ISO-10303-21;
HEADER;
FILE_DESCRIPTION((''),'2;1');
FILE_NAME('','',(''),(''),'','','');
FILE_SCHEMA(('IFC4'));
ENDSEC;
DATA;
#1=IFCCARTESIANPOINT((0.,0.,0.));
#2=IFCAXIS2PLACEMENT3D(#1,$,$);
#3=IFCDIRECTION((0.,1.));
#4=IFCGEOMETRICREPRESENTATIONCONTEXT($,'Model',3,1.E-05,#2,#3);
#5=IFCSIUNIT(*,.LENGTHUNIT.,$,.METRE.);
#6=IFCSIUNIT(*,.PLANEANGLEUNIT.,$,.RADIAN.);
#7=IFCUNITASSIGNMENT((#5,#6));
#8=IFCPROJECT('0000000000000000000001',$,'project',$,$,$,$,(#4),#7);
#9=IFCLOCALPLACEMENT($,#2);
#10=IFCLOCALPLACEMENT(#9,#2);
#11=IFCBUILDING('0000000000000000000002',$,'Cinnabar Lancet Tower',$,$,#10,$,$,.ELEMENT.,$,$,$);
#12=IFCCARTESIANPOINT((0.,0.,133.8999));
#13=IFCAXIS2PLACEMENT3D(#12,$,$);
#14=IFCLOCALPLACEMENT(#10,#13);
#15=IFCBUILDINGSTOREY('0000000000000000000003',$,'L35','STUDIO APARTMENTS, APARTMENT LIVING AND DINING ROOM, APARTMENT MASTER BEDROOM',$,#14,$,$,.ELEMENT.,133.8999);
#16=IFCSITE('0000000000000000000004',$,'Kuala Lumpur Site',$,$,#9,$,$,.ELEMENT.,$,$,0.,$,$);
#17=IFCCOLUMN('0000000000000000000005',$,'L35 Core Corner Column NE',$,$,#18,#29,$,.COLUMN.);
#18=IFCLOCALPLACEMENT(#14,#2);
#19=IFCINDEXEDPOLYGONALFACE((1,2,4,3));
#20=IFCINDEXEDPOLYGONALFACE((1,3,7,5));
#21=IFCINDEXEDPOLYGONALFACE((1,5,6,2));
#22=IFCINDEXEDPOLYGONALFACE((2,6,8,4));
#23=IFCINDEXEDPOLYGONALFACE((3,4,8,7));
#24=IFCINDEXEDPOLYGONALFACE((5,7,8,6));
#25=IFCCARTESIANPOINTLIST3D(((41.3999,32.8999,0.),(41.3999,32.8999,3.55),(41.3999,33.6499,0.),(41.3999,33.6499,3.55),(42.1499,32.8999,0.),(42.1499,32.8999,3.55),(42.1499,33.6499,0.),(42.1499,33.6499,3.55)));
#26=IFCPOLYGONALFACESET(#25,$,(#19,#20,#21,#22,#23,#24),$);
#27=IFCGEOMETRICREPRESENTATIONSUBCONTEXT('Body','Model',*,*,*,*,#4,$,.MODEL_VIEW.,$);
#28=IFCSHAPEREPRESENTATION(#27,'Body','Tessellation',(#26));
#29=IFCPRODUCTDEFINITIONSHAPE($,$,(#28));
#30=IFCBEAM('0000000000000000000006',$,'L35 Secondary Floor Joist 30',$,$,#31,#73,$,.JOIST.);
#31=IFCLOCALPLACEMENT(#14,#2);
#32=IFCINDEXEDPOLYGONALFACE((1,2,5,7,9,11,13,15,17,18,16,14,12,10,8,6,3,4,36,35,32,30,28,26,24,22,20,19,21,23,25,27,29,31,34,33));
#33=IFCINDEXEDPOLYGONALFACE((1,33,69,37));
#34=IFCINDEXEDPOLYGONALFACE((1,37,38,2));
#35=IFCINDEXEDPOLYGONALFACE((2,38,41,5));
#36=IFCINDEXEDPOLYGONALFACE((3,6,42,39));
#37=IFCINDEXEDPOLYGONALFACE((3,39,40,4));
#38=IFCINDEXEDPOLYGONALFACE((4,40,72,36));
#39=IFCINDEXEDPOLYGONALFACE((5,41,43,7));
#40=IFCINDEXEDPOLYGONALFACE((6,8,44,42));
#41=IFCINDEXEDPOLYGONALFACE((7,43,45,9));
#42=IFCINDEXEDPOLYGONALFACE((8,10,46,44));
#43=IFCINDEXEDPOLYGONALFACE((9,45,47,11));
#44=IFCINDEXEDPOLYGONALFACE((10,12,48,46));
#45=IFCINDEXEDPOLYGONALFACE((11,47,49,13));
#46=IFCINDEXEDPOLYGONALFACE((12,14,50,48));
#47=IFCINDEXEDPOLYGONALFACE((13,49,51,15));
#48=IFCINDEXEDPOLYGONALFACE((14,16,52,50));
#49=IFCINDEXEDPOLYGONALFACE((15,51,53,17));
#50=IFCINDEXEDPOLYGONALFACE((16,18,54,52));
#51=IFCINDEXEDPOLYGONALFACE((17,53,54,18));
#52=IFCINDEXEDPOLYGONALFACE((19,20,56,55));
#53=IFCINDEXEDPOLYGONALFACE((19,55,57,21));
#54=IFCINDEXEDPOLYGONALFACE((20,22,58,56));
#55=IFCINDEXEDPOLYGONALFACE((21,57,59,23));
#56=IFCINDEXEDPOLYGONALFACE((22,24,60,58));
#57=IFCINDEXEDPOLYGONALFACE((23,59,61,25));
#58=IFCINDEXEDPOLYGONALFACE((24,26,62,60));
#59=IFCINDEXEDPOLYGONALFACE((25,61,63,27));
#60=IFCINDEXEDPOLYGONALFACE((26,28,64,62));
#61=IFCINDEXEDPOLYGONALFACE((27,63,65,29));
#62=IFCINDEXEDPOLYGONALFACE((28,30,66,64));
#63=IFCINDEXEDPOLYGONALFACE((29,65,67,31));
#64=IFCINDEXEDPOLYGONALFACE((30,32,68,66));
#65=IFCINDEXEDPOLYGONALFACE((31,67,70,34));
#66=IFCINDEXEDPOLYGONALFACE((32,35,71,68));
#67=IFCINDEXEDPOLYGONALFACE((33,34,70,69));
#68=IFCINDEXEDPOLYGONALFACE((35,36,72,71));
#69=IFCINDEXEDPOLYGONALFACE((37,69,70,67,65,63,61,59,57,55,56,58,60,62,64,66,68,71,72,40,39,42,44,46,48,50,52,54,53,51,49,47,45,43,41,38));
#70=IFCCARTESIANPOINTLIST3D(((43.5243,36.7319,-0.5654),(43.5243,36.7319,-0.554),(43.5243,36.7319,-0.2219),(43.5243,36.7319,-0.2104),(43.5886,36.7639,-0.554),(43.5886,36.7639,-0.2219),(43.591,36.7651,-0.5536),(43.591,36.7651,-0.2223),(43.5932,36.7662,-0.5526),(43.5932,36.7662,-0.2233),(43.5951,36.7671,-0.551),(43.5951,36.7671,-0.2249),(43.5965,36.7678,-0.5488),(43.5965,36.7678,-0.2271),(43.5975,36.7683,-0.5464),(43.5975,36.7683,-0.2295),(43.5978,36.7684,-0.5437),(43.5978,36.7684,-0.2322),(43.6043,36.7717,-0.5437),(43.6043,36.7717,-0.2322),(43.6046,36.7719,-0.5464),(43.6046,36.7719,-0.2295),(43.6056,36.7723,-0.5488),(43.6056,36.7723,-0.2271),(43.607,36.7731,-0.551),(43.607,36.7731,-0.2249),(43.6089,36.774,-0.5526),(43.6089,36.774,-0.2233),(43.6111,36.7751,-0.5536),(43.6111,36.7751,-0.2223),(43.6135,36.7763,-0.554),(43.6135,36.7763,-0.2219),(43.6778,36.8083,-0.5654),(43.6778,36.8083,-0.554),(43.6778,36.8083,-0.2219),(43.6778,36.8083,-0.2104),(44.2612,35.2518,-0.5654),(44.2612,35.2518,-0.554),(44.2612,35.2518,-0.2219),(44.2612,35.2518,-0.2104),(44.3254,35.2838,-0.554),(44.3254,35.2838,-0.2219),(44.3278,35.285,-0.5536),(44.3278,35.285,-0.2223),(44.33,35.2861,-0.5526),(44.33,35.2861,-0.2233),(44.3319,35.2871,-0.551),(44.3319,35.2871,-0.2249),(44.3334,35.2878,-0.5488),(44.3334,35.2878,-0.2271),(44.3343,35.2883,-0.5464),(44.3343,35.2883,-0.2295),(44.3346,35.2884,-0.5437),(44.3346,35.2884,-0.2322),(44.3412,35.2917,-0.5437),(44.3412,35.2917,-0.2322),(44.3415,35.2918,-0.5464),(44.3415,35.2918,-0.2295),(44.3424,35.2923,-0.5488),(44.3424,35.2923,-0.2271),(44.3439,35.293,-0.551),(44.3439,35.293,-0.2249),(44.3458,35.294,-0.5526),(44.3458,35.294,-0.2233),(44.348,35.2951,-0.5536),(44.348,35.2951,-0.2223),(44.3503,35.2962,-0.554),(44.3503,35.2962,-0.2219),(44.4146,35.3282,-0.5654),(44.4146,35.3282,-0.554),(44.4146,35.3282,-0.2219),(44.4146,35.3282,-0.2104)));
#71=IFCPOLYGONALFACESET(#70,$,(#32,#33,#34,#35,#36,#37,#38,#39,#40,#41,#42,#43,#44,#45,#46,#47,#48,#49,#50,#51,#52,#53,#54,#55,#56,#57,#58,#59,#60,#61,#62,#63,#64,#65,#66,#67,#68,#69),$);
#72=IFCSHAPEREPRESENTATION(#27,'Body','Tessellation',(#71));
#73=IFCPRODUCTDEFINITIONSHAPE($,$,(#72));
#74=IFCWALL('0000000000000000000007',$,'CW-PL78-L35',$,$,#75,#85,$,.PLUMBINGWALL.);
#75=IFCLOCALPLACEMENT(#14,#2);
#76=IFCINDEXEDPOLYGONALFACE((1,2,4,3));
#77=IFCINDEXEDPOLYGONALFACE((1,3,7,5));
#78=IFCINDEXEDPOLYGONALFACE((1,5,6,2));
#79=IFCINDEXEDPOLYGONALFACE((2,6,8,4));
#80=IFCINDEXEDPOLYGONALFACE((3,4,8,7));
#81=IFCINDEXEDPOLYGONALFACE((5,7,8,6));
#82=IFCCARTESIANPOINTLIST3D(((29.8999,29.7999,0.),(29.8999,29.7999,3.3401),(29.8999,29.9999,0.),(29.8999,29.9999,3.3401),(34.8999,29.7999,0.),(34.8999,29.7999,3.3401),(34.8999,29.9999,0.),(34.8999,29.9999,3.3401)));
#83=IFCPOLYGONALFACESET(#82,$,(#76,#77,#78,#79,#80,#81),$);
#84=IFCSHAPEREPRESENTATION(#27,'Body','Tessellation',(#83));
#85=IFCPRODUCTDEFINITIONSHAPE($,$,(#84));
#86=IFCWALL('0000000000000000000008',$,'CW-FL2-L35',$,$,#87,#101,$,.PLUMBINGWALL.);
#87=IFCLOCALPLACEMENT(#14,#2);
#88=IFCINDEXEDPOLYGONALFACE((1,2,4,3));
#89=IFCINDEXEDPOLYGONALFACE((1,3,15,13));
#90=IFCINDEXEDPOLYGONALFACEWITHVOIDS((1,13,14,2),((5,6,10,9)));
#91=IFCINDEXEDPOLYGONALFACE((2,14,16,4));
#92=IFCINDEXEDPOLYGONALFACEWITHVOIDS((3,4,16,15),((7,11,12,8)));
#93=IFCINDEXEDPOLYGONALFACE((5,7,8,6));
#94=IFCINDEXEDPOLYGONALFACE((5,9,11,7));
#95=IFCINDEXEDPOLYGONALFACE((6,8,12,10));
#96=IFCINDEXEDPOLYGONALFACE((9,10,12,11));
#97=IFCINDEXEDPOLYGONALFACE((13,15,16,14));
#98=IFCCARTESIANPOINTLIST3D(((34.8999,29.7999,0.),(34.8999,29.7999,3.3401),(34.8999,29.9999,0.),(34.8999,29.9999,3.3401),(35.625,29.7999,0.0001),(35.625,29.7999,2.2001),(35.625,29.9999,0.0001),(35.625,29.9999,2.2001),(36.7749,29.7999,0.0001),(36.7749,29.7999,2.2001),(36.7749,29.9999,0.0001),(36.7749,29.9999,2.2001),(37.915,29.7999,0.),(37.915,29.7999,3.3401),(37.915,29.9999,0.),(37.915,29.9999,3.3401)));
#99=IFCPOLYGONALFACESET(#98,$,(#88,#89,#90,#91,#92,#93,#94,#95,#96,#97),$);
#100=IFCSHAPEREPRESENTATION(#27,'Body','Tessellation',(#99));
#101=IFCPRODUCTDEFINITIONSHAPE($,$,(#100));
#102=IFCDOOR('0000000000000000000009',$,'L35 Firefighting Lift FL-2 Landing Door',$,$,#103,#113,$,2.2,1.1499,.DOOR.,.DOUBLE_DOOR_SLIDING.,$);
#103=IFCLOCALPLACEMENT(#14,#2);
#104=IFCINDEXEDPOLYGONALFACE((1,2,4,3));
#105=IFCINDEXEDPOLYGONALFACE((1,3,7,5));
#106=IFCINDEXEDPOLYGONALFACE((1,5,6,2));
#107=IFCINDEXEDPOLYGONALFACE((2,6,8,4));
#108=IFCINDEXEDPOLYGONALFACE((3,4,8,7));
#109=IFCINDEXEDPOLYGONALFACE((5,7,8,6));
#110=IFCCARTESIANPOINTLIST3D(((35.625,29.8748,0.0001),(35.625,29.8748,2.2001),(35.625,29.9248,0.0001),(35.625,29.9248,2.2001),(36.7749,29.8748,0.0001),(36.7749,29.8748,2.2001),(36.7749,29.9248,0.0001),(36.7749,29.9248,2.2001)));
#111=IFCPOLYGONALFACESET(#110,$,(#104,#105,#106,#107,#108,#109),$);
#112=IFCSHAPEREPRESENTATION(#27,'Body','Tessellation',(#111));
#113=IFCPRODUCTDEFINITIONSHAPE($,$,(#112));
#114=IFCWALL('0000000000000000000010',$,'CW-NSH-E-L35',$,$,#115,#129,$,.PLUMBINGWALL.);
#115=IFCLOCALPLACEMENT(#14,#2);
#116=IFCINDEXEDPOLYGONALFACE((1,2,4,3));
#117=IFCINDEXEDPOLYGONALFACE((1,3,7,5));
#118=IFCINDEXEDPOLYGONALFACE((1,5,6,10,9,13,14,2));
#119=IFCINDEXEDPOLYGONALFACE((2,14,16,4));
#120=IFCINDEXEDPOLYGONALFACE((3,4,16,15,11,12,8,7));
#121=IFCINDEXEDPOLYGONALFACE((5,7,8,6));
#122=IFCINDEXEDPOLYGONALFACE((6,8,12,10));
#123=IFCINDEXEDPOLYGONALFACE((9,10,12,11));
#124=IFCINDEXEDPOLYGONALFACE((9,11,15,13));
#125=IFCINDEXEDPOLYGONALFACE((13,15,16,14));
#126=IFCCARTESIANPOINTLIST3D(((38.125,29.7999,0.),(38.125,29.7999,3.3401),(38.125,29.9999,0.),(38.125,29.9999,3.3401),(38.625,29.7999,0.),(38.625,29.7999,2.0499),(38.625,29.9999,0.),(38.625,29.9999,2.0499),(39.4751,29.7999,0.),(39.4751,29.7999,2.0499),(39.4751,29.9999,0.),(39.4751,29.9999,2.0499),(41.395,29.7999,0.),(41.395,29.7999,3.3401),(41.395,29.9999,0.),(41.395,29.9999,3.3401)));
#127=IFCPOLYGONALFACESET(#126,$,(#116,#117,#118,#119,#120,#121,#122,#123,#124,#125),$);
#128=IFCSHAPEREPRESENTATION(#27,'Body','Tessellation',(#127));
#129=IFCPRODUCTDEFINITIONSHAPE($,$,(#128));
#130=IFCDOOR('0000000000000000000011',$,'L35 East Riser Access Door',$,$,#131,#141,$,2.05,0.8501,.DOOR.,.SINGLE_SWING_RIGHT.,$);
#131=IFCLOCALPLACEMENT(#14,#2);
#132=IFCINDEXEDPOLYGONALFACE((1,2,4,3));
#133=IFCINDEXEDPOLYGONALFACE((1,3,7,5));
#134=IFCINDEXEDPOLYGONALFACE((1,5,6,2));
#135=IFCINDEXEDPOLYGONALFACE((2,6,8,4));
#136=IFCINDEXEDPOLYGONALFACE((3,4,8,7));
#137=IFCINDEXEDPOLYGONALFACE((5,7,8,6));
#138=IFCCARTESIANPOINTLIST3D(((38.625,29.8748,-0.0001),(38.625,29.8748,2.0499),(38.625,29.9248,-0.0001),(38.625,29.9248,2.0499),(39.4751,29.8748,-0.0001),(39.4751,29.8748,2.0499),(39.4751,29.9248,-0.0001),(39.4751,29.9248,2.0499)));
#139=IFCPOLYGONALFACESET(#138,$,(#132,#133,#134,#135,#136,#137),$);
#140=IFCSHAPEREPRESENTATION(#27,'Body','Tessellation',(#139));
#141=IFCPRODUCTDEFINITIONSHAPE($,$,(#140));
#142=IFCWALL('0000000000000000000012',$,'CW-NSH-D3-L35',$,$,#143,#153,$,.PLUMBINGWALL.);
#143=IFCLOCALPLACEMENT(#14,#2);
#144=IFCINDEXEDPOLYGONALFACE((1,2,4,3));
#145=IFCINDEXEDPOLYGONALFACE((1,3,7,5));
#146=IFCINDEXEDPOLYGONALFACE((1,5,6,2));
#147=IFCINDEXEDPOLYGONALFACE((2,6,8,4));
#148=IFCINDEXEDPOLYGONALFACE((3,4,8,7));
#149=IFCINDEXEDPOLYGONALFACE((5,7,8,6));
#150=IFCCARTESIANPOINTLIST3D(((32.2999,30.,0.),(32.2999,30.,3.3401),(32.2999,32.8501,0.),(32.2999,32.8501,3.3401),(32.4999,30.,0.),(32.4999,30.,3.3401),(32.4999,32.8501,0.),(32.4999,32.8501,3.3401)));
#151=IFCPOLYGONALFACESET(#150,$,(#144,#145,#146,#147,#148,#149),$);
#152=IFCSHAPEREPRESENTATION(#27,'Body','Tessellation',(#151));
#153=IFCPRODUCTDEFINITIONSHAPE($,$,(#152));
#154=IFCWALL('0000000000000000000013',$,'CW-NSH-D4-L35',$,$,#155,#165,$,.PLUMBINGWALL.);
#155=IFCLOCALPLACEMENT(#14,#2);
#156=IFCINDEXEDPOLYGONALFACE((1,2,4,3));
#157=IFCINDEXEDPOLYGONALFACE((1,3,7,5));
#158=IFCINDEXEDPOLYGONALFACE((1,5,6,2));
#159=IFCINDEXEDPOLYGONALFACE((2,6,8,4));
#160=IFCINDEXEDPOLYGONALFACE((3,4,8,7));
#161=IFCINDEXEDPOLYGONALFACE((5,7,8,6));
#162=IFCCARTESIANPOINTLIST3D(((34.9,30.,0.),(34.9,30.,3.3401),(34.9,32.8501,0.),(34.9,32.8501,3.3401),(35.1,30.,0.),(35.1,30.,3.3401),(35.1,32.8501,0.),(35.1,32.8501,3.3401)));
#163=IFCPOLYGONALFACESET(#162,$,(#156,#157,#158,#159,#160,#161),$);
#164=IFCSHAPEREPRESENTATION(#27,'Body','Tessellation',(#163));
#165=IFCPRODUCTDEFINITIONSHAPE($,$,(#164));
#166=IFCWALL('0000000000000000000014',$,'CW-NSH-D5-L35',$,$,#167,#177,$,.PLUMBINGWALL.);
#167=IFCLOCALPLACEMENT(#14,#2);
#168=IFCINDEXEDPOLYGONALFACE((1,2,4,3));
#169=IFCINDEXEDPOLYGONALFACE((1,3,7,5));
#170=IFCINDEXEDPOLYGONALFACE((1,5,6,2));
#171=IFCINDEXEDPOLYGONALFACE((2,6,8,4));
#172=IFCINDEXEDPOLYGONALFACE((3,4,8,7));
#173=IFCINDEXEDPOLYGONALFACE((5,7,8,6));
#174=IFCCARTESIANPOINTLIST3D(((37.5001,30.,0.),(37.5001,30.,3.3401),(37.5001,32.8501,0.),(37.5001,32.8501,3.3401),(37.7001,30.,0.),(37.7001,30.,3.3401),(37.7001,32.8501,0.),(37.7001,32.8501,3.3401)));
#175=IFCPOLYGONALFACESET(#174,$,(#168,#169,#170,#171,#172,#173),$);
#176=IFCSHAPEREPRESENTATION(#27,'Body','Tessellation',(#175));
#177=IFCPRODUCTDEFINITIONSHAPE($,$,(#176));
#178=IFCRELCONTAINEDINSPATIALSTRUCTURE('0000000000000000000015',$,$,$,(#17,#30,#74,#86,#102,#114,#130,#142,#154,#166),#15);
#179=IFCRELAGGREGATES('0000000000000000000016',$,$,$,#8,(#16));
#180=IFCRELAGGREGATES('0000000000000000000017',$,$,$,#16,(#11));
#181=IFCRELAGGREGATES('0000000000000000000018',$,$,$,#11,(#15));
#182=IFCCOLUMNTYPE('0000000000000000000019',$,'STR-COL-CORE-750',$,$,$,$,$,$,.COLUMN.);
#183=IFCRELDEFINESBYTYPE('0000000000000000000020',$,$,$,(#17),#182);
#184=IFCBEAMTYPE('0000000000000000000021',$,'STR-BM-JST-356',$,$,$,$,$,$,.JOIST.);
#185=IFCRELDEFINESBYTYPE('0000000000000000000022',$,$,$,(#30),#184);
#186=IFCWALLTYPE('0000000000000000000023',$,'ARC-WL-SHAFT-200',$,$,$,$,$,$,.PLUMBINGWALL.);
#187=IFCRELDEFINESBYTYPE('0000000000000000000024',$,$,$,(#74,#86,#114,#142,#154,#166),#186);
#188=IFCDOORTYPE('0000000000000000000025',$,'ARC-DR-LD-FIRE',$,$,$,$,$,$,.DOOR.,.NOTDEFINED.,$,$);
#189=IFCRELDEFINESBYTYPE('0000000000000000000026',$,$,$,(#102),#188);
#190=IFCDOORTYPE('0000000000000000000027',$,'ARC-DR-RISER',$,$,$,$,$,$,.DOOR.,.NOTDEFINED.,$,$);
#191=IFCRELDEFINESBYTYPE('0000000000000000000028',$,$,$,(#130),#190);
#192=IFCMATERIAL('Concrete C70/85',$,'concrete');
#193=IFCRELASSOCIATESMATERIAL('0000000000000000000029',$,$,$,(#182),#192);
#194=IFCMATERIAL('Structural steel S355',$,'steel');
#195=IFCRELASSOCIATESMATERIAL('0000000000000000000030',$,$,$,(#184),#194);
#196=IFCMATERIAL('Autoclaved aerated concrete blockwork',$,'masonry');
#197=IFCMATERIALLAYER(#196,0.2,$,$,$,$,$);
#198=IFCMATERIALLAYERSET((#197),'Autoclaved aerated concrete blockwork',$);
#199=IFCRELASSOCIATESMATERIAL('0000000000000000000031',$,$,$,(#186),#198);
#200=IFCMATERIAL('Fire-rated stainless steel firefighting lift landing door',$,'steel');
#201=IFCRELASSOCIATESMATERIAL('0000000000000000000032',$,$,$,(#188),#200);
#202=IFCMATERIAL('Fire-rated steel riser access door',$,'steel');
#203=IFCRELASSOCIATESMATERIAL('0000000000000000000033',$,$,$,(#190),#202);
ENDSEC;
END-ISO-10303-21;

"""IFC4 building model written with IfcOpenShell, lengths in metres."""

from ifc_helpers import new_model, si_unit, direction, frame, frame_2d, origin, origin_2d, place, context, subcontext, project, spatial, rectangle, i_section, extrude, material, layer, layer_set, material_profile, profile_set, type_object, element, fill, save


model = new_model("IFC4")

# Units and contexts
model_context = context("Model", 3, precision=1e-05, world=origin(), true_north=direction((0.0, 1.0)))
body_context = subcontext(model_context, "Body", "Model", "MODEL_VIEW")
ifc_project = project(units=[si_unit("LENGTHUNIT", "METRE"), si_unit("PLANEANGLEUNIT", "RADIAN")], contexts=[model_context])

# Site, building, storey
site_placement = place(None, origin())
site = spatial("IfcSite", under=ifc_project, at=site_placement, Name="Kuala Lumpur Site", CompositionType="ELEMENT", RefElevation=0.0)
building_placement = place(site_placement, origin())
building = spatial("IfcBuilding", under=site, at=building_placement, Name="Cinnabar Lancet Tower", CompositionType="ELEMENT")
storey_placement = place(building_placement, frame((0.0, 0.0, 133.8999)))
storey = spatial("IfcBuildingStorey", under=building, at=storey_placement, Name="L35", Description="STUDIO APARTMENTS, APARTMENT LIVING AND DINING ROOM, APARTMENT MASTER BEDROOM", CompositionType="ELEMENT", Elevation=133.8999)

# Column
ifc_material_1 = material(Name="Concrete C70/85", Category="concrete")
ifc_material_profile_1 = material_profile(ifc_material_1, rectangle(XDim=0.75, YDim=0.75, at=origin_2d()), Name="RC-COL 750x750")
ifc_profile_set_1 = profile_set([ifc_material_profile_1], Name="Concrete C70/85")
column_type = type_object("IfcColumnType", Name="STR-COL-CORE-750", PredefinedType="COLUMN", material=ifc_profile_set_1)
column_placement = place(storey_placement, frame((41.7749, 33.2749, 0.0), z_axis=(0.0, 0.0, 1.0), x_axis=(1.0, 0.0, 0.0)))
element("IfcColumn", 1, at=column_placement, inside=storey, type_object=column_type, Name="L35 Core Corner Column NE", PredefinedType="COLUMN", context=body_context, shape_type="SweptSolid", body=[
    extrude(rectangle(XDim=0.75, YDim=0.75, at=origin_2d()), origin(), (0.0, 0.0, 1.0), 3.55),
])

# Beam
ifc_material_2 = material(Name="Structural steel S355", Category="steel")
ifc_material_profile_2 = material_profile(ifc_material_2, i_section(OverallWidth=0.1714, OverallDepth=0.355, WebThickness=0.0073, FlangeThickness=0.0115, FilletRadius=0.0103, at=origin_2d()), Name="UKB 356x171x51")
ifc_profile_set_2 = profile_set([ifc_material_profile_2], Name="Structural steel S355")
beam_type = type_object("IfcBeamType", Name="STR-BM-JST-356", PredefinedType="JOIST", material=ifc_profile_set_2)
beam_placement = place(storey_placement, frame((44.3379, 35.29, -0.3879), z_axis=(-0.445677, 0.895194, 0.0), x_axis=(-0.895194, -0.445677, 0.0)))
element("IfcBeam", 2, at=beam_placement, inside=storey, type_object=beam_type, Name="L35 Secondary Floor Joist 30", PredefinedType="JOIST", context=body_context, shape_type="SweptSolid", body=[
    extrude(i_section(OverallWidth=0.1714, OverallDepth=0.355, WebThickness=0.0073, FlangeThickness=0.0115, FilletRadius=0.0103, at=origin_2d()), origin(), (0.0, 0.0, 1.0), 1.6533),
])

# Wall
ifc_material_3 = material(Name="Autoclaved aerated concrete blockwork", Category="masonry")
ifc_layer_1 = layer(ifc_material_3, 0.2)
ifc_layer_set_1 = layer_set([ifc_layer_1], Name="Autoclaved aerated concrete blockwork")
wall_type_1 = type_object("IfcWallType", Name="ARC-WL-SHAFT-200", PredefinedType="PLUMBINGWALL", material=ifc_layer_set_1)
wall_1_placement = place(storey_placement, frame((29.8999, 29.8999, 0.0), z_axis=(0.0, 0.0, 1.0), x_axis=(1.0, 0.0, 0.0)))
element("IfcWall", 3, at=wall_1_placement, inside=storey, type_object=wall_type_1, Name="CW-PL78-L35", PredefinedType="PLUMBINGWALL", context=body_context, shape_type="SweptSolid", body=[
    extrude(rectangle(XDim=5.0, YDim=0.2, at=frame_2d((2.5, 0.0))), origin(), (0.0, 0.0, 1.0), 3.3401),
])

# Walls, openings, doors
wall_2_placement = place(storey_placement, frame((34.8999, 29.8999, 0.0), z_axis=(0.0, 0.0, 1.0), x_axis=(1.0, 0.0, 0.0)))
wall_2 = element("IfcWall", 4, at=wall_2_placement, inside=storey, type_object=wall_type_1, Name="CW-FL2-L35", PredefinedType="PLUMBINGWALL", context=body_context, shape_type="SweptSolid", body=[
    extrude(rectangle(XDim=3.0151, YDim=0.2, at=frame_2d((1.5076, 0.0))), origin(), (0.0, 0.0, 1.0), 3.3401),
])
opening_1_placement = place(wall_2_placement, frame((0.7251, 0.0, 0.0)))
opening_1 = element("IfcOpeningElement", 5, at=opening_1_placement, cuts=wall_2, PredefinedType="OPENING", context=body_context, shape_type="SweptSolid", body=[
    extrude(rectangle(XDim=1.1499, YDim=2.2, at=frame_2d((0.575, 1.1001))), frame((0.0, 0.1099, 0.0), z_axis=(0.0, -1.0, 0.0), x_axis=(1.0, 0.0, 0.0)), (0.0, 0.0, 1.0), 0.22),
])
ifc_material_4 = material(Name="Fire-rated stainless steel firefighting lift landing door", Category="steel")
door_type_1 = type_object("IfcDoorType", Name="ARC-DR-LD-FIRE", OperationType="NOTDEFINED", PredefinedType="DOOR", material=ifc_material_4)
door_1_placement = place(opening_1_placement, origin())
door_1 = element("IfcDoor", 6, at=door_1_placement, inside=storey, type_object=door_type_1, Name="L35 Firefighting Lift FL-2 Landing Door", OperationType="DOUBLE_DOOR_SLIDING", OverallHeight=2.2, OverallWidth=1.1499, PredefinedType="DOOR", context=body_context, shape_type="SweptSolid", body=[
    extrude(rectangle(XDim=1.1499, YDim=2.2, at=frame_2d((0.575, 1.1001))), frame((0.0, 0.0249, 0.0), z_axis=(0.0, -1.0, 0.0), x_axis=(1.0, 0.0, 0.0)), (0.0, 0.0, 1.0), 0.05),
])
fill(opening_1, door_1)
wall_3_placement = place(storey_placement, frame((38.125, 29.8999, 0.0), z_axis=(0.0, 0.0, 1.0), x_axis=(1.0, 0.0, 0.0)))
wall_3 = element("IfcWall", 7, at=wall_3_placement, inside=storey, type_object=wall_type_1, Name="CW-NSH-E-L35", PredefinedType="PLUMBINGWALL", context=body_context, shape_type="SweptSolid", body=[
    extrude(rectangle(XDim=3.27, YDim=0.2, at=frame_2d((1.635, 0.0))), origin(), (0.0, 0.0, 1.0), 3.3401),
])
opening_2_placement = place(wall_3_placement, frame((0.5, 0.0, 0.0)))
opening_2 = element("IfcOpeningElement", 8, at=opening_2_placement, cuts=wall_3, PredefinedType="OPENING", context=body_context, shape_type="SweptSolid", body=[
    extrude(rectangle(XDim=0.8501, YDim=2.05, at=frame_2d((0.425, 1.0249))), frame((0.0, 0.1099, 0.0), z_axis=(0.0, -1.0, 0.0), x_axis=(1.0, 0.0, 0.0)), (0.0, 0.0, 1.0), 0.22),
])
ifc_material_5 = material(Name="Fire-rated steel riser access door", Category="steel")
door_type_2 = type_object("IfcDoorType", Name="ARC-DR-RISER", OperationType="NOTDEFINED", PredefinedType="DOOR", material=ifc_material_5)
door_2_placement = place(opening_2_placement, origin())
door_2 = element("IfcDoor", 9, at=door_2_placement, inside=storey, type_object=door_type_2, Name="L35 East Riser Access Door", OperationType="SINGLE_SWING_RIGHT", OverallHeight=2.05, OverallWidth=0.8501, PredefinedType="DOOR", context=body_context, shape_type="SweptSolid", body=[
    extrude(rectangle(XDim=0.8501, YDim=2.05, at=frame_2d((0.425, 1.0249))), frame((0.0, 0.0249, 0.0), z_axis=(0.0, -1.0, 0.0), x_axis=(1.0, 0.0, 0.0)), (0.0, 0.0, 1.0), 0.05),
])
fill(opening_2, door_2)

# Walls
for number, where, z_axis, x_axis, name in (
    (10, (32.3999, 30.0, 0.0), (0.0, 0.0, 1.0), (0.0, 1.0, 0.0), "CW-NSH-D3-L35"),
    (11, (35.0, 30.0, 0.0), (0.0, 0.0, 1.0), (0.0, 1.0, 0.0), "CW-NSH-D4-L35"),
    (12, (37.6001, 30.0, 0.0), (0.0, 0.0, 1.0), (0.0, 1.0, 0.0), "CW-NSH-D5-L35"),
):
    element("IfcWall", number, at=place(storey_placement, frame(where, z_axis=z_axis, x_axis=x_axis)), inside=storey, type_object=wall_type_1, Name=name, PredefinedType="PLUMBINGWALL", context=body_context, shape_type="SweptSolid", body=[
        extrude(rectangle(XDim=2.8501, YDim=0.2, at=frame_2d((1.425, 0.0))), origin(), (0.0, 0.0, 1.0), 3.3401),
    ])

save(model, "model.ifc")
